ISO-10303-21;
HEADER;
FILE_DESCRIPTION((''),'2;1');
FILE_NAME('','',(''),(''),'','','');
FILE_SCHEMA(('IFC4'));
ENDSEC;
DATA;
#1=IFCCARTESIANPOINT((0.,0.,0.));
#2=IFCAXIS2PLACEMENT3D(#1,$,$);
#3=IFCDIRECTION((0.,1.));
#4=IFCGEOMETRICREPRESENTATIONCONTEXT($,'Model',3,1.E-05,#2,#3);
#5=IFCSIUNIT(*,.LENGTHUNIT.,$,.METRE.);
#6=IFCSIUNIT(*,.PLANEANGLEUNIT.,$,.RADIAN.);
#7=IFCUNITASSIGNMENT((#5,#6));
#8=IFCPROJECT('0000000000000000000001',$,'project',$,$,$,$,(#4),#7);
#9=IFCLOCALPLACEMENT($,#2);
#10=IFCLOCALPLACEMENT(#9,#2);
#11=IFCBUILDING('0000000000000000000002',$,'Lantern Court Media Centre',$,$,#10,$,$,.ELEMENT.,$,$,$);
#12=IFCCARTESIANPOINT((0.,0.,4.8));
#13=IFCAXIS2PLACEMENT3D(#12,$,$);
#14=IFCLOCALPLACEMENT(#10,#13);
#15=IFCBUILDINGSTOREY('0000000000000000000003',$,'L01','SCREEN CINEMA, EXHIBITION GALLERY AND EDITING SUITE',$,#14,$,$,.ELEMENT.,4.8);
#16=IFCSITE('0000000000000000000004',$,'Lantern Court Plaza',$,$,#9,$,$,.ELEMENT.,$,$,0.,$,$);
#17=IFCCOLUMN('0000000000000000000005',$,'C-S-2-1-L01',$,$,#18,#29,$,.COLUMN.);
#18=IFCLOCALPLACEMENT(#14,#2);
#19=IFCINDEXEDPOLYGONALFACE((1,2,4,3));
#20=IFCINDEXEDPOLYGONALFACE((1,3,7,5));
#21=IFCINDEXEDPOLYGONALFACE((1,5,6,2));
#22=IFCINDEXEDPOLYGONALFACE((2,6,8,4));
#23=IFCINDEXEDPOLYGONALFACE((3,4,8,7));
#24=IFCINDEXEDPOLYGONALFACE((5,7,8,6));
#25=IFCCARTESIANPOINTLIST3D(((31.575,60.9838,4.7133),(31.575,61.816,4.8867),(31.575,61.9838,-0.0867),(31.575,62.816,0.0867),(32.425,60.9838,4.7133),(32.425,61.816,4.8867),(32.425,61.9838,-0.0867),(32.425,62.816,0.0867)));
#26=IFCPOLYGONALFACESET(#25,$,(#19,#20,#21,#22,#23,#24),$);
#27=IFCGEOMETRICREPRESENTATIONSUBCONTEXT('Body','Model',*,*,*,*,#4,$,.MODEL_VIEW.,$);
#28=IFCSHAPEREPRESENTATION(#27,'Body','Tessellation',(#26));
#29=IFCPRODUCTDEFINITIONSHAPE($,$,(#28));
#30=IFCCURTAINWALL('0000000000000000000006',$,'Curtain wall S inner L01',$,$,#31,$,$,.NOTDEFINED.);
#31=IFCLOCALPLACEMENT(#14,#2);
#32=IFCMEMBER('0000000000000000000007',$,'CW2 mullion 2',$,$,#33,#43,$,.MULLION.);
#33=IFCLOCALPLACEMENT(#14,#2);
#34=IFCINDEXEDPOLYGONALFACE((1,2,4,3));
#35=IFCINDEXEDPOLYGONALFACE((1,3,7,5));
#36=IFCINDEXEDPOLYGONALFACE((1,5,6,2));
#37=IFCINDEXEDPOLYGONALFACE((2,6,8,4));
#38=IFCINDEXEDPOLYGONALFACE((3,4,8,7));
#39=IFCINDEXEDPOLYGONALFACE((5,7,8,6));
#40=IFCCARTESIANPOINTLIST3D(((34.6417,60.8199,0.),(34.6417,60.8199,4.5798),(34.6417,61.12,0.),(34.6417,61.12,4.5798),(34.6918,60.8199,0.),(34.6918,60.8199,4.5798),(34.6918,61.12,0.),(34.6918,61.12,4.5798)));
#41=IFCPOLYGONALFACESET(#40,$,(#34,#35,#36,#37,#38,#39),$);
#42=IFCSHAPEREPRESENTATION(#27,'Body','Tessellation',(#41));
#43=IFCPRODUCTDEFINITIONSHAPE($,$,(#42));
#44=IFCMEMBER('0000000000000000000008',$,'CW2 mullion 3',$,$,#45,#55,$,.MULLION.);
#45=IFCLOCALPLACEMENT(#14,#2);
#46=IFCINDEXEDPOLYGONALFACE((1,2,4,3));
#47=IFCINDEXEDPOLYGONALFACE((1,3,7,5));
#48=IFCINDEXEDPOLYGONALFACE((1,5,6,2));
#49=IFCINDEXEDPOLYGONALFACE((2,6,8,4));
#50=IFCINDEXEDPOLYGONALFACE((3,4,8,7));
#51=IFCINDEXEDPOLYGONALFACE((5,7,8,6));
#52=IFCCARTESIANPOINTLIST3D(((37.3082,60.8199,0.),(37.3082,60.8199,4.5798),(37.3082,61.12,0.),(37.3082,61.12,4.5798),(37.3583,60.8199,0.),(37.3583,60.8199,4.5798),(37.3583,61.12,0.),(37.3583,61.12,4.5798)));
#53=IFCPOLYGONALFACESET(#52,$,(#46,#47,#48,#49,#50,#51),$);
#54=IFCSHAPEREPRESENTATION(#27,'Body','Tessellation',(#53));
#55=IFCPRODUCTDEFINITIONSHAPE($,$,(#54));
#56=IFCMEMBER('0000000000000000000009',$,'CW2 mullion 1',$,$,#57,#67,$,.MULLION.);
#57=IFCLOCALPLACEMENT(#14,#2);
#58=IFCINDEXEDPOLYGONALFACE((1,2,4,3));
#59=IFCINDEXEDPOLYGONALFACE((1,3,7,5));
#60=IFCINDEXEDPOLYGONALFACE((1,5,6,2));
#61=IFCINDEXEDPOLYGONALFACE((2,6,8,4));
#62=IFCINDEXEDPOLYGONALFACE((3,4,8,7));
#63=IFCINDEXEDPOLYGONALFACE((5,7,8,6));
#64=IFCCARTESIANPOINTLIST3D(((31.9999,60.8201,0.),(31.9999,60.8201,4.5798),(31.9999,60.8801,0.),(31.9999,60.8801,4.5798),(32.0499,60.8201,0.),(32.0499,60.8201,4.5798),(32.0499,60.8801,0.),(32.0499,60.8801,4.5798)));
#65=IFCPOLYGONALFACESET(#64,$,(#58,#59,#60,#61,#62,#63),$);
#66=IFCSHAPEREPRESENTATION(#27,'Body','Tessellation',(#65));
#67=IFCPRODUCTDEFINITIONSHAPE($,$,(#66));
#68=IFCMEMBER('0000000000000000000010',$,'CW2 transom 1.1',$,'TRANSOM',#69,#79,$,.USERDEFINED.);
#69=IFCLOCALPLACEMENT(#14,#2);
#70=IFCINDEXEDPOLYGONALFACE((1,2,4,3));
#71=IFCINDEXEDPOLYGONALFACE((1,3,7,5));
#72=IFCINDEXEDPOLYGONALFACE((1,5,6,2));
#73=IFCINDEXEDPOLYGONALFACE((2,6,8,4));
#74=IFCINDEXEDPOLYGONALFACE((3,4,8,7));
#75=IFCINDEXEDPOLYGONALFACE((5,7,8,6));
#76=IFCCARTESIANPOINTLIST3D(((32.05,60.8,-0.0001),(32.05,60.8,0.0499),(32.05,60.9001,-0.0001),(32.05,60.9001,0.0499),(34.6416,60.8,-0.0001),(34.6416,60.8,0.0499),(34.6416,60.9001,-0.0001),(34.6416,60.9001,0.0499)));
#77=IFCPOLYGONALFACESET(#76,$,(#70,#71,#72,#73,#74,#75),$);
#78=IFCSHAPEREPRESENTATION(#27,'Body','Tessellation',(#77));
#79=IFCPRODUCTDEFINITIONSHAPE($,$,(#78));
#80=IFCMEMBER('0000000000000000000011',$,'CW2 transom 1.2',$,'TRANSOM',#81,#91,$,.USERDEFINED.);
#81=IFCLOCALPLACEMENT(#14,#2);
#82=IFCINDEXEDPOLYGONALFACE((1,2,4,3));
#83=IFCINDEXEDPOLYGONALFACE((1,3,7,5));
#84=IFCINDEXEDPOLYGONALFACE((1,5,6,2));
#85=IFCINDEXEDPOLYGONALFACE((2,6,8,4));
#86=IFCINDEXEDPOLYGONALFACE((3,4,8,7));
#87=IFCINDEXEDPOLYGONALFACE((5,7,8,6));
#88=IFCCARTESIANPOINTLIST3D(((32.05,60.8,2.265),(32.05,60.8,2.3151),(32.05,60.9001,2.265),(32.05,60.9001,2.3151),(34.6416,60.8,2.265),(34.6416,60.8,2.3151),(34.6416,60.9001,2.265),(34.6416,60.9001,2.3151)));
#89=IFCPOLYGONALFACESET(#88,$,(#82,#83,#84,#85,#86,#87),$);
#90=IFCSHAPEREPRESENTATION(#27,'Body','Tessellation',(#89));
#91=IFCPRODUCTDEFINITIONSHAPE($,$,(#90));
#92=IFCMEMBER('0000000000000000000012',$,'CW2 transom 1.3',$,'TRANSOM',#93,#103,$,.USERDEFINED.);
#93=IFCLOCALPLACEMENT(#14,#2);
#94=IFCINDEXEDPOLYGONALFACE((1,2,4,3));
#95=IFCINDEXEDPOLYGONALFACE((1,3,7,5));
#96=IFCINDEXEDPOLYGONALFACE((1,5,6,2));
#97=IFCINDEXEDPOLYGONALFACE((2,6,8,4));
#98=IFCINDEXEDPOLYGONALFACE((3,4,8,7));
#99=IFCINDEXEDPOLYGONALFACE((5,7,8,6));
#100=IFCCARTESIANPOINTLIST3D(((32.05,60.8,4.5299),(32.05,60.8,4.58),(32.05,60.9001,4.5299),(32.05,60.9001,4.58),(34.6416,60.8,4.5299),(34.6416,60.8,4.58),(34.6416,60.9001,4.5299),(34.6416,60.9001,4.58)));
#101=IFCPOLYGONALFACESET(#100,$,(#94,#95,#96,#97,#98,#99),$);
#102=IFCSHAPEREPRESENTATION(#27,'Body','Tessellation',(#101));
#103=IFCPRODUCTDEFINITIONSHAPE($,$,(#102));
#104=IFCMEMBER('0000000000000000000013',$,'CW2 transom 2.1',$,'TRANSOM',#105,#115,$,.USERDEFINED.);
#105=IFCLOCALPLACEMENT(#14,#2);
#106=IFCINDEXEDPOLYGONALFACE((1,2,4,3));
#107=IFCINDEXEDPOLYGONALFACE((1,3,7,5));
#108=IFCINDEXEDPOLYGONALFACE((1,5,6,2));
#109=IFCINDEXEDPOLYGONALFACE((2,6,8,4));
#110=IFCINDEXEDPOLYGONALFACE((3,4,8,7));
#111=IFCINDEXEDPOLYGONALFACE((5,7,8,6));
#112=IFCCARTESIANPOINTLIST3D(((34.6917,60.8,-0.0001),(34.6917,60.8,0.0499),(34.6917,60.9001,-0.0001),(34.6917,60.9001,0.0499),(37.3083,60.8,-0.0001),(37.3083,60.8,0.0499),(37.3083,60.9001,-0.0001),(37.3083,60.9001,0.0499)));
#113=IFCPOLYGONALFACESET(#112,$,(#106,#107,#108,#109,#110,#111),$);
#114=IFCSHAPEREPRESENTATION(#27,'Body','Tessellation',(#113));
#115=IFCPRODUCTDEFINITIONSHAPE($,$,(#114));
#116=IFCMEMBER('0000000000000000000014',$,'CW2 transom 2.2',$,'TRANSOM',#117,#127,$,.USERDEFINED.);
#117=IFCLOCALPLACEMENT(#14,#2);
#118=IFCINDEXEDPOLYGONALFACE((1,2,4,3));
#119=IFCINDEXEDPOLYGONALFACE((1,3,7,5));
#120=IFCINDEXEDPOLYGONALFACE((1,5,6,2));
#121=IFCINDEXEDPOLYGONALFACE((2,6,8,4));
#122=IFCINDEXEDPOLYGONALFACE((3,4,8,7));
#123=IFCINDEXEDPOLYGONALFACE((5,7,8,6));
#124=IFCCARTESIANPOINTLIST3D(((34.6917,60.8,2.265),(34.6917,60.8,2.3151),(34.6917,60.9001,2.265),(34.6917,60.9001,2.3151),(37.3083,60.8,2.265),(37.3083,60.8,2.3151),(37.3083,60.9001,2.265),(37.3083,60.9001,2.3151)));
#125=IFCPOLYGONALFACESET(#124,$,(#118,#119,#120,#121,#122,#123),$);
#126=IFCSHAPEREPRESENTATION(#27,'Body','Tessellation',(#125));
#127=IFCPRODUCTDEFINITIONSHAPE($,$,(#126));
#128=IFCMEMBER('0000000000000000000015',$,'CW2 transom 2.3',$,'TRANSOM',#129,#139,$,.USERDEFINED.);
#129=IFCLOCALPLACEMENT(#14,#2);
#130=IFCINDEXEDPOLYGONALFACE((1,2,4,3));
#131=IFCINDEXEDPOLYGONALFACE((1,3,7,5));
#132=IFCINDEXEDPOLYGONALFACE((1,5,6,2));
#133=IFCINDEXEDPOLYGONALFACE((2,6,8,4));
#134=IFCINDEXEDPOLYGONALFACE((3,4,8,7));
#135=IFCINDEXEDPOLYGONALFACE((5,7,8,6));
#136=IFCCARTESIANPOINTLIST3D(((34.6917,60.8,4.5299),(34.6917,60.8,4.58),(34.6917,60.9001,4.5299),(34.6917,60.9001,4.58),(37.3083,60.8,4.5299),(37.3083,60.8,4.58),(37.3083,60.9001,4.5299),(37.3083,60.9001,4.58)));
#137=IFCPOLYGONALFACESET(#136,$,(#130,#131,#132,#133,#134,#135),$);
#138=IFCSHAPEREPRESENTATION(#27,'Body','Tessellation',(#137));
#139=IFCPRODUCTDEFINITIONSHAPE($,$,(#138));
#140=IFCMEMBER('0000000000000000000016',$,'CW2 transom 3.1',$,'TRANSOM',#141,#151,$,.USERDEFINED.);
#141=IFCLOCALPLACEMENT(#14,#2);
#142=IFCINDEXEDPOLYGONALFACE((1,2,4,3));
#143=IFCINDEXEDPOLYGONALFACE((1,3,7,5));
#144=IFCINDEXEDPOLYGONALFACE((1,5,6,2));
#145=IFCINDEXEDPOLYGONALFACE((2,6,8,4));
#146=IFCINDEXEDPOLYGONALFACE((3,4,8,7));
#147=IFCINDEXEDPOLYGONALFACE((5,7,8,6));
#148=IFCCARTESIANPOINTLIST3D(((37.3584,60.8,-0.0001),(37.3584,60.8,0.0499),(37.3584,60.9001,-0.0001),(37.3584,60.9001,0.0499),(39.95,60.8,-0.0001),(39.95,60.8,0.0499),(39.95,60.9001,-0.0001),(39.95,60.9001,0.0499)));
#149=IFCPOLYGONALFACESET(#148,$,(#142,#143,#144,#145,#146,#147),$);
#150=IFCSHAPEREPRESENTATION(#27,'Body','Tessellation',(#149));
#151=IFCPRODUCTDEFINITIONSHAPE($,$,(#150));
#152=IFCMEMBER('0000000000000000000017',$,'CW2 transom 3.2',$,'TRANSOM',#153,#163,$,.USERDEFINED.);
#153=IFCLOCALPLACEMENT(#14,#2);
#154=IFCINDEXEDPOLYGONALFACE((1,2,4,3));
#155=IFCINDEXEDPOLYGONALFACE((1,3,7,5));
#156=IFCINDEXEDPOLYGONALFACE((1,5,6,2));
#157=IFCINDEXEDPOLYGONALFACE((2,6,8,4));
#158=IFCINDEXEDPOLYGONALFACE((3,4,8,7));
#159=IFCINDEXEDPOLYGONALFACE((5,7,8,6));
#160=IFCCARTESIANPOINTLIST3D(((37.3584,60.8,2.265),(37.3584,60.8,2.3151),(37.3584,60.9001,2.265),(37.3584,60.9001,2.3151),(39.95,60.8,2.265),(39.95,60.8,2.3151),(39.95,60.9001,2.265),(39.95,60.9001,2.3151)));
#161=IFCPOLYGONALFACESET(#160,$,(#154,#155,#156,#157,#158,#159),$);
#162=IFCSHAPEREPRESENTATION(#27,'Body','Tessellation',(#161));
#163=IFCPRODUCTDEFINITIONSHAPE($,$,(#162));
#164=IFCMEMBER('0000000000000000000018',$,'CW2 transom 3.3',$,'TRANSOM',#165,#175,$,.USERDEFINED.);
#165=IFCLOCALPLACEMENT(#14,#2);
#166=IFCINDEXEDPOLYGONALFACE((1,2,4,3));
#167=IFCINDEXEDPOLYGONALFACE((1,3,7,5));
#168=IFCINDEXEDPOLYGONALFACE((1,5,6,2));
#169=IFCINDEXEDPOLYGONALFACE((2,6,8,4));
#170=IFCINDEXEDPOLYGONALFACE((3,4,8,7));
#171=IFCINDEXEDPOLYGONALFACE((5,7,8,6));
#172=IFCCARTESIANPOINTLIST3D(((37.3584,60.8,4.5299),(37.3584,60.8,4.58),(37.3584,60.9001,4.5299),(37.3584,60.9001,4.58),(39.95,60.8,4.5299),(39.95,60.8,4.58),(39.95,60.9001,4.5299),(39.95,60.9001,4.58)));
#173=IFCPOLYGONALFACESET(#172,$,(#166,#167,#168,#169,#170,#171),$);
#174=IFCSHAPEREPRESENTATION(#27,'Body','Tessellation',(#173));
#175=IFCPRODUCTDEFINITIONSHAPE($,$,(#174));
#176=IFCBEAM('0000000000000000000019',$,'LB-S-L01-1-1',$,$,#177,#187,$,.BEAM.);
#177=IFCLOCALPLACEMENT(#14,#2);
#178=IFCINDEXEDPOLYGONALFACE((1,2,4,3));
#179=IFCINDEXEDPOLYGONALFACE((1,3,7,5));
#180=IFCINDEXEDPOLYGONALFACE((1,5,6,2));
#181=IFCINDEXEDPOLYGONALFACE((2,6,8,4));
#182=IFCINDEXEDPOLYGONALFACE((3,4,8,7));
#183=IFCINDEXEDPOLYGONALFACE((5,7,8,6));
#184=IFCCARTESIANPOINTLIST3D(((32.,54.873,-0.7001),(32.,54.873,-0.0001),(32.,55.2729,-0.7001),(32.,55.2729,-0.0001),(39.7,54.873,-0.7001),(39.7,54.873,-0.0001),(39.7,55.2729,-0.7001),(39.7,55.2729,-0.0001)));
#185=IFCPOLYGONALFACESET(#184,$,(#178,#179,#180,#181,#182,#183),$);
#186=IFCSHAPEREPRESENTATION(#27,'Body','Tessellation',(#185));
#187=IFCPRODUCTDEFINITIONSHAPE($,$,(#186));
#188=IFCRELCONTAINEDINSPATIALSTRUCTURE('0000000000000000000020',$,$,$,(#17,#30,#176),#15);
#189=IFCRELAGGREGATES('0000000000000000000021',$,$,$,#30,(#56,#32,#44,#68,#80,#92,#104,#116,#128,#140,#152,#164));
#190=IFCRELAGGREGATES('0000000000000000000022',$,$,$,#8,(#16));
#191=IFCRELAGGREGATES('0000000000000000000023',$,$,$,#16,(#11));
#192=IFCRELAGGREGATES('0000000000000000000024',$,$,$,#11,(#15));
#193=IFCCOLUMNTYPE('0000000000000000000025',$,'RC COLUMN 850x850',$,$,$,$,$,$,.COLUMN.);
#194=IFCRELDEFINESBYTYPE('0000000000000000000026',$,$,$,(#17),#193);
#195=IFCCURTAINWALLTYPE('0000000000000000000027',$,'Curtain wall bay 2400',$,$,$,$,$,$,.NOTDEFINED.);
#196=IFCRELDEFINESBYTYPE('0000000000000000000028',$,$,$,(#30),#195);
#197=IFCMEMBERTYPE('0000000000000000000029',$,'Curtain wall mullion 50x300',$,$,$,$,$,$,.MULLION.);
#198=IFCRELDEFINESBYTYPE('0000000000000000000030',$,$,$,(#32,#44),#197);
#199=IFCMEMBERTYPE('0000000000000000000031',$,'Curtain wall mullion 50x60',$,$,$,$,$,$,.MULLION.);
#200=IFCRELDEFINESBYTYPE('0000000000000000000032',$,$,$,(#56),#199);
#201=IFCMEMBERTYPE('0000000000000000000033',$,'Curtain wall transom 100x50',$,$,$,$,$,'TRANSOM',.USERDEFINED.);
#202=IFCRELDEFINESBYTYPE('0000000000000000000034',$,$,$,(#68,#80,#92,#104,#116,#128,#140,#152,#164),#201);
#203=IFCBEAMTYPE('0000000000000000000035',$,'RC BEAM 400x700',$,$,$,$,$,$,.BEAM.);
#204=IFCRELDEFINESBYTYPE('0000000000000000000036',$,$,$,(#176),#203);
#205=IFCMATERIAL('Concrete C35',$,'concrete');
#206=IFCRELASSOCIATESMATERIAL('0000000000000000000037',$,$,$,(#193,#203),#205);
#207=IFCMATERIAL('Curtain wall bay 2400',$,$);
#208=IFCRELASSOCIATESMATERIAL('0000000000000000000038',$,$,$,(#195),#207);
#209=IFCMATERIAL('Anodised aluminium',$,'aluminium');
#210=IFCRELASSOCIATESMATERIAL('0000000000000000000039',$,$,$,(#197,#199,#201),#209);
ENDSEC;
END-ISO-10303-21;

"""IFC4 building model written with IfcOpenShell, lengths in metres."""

from ifc_helpers import new_model, si_unit, direction, frame, origin, origin_2d, place, context, subcontext, project, spatial, rectangle, extrude, material, material_profile, profile_set, type_object, element, aggregate, save


model = new_model("IFC4")

# Units and contexts
model_context = context("Model", 3, precision=1e-05, world=origin(), true_north=direction((0.0, 1.0)))
body_context = subcontext(model_context, "Body", "Model", "MODEL_VIEW")
ifc_project = project(units=[si_unit("LENGTHUNIT", "METRE"), si_unit("PLANEANGLEUNIT", "RADIAN")], contexts=[model_context])

# Site, building, storey
site_placement = place(None, origin())
site = spatial("IfcSite", under=ifc_project, at=site_placement, Name="Lantern Court Plaza", CompositionType="ELEMENT", RefElevation=0.0)
building_placement = place(site_placement, origin())
building = spatial("IfcBuilding", under=site, at=building_placement, Name="Lantern Court Media Centre", CompositionType="ELEMENT")
storey_placement = place(building_placement, frame((0.0, 0.0, 4.8)))
storey = spatial("IfcBuildingStorey", under=building, at=storey_placement, Name="L01", Description="SCREEN CINEMA, EXHIBITION GALLERY AND EDITING SUITE", CompositionType="ELEMENT", Elevation=4.8)

# Column
ifc_material_1 = material(Name="Concrete C35", Category="concrete")
ifc_material_profile_1 = material_profile(ifc_material_1, rectangle(XDim=0.8501, YDim=0.8501, at=origin_2d()), Name="RC 850x850")
ifc_profile_set_1 = profile_set([ifc_material_profile_1], Name="Concrete C35")
column_type = type_object("IfcColumnType", Name="RC COLUMN 850x850", PredefinedType="COLUMN", material=ifc_profile_set_1)
column_placement = place(storey_placement, frame((32.0, 62.3999, 0.0), z_axis=(0.0, -0.203952, 0.978981), x_axis=(1.0, 0.0, 0.0)))
element("IfcColumn", 1, at=column_placement, inside=storey, type_object=column_type, Name="C-S-2-1-L01", PredefinedType="COLUMN", context=body_context, shape_type="SweptSolid", body=[
    extrude(rectangle(XDim=0.8501, YDim=0.8501, at=origin_2d()), origin(), (0.0, 0.0, 1.0), 4.9031),
])

# Curtain wall, members
ifc_material_2 = material(Name="Curtain wall bay 2400")
curtain_wall_type = type_object("IfcCurtainWallType", Name="Curtain wall bay 2400", PredefinedType="NOTDEFINED", material=ifc_material_2)
curtain_wall_placement = place(storey_placement, origin())
curtain_wall = element("IfcCurtainWall", 2, at=curtain_wall_placement, inside=storey, type_object=curtain_wall_type, Name="Curtain wall S inner L01", PredefinedType="NOTDEFINED")
ifc_material_3 = material(Name="Anodised aluminium", Category="aluminium")
ifc_material_profile_2 = material_profile(ifc_material_3, rectangle(XDim=0.3, YDim=0.05, at=origin_2d()), Name="AL 50x300")
ifc_profile_set_2 = profile_set([ifc_material_profile_2], Name="Anodised aluminium")
member_type_1 = type_object("IfcMemberType", Name="Curtain wall mullion 50x300", PredefinedType="MULLION", material=ifc_profile_set_2)
member_1_placement = place(storey_placement, frame((34.6667, 60.97, 0.0), z_axis=(0.0, 0.0, 1.0), x_axis=(0.0, 1.0, 0.0)))
member_1 = element("IfcMember", 3, at=member_1_placement, type_object=member_type_1, Name="CW2 mullion 2", PredefinedType="MULLION", context=body_context, shape_type="SweptSolid", body=[
    extrude(rectangle(XDim=0.3, YDim=0.05, at=origin_2d()), origin(), (0.0, 0.0, 1.0), 4.5798),
])
member_2_placement = place(storey_placement, frame((37.3333, 60.97, 0.0), z_axis=(0.0, 0.0, 1.0), x_axis=(0.0, 1.0, 0.0)))
member_2 = element("IfcMember", 4, at=member_2_placement, type_object=member_type_1, Name="CW2 mullion 3", PredefinedType="MULLION", context=body_context, shape_type="SweptSolid", body=[
    extrude(rectangle(XDim=0.3, YDim=0.05, at=origin_2d()), origin(), (0.0, 0.0, 1.0), 4.5798),
])
ifc_material_profile_3 = material_profile(ifc_material_3, rectangle(XDim=0.0601, YDim=0.05, at=origin_2d()), Name="AL 50x60")
ifc_profile_set_3 = profile_set([ifc_material_profile_3], Name="Anodised aluminium")
member_type_2 = type_object("IfcMemberType", Name="Curtain wall mullion 50x60", PredefinedType="MULLION", material=ifc_profile_set_3)
member_3_placement = place(storey_placement, frame((32.0249, 60.8501, 0.0), z_axis=(0.0, 0.0, 1.0), x_axis=(0.0, 1.0, 0.0)))
member_3 = element("IfcMember", 5, at=member_3_placement, type_object=member_type_2, Name="CW2 mullion 1", PredefinedType="MULLION", context=body_context, shape_type="SweptSolid", body=[
    extrude(rectangle(XDim=0.0601, YDim=0.05, at=origin_2d()), origin(), (0.0, 0.0, 1.0), 4.5798),
])
ifc_material_profile_4 = material_profile(ifc_material_3, rectangle(XDim=0.1001, YDim=0.05, at=origin_2d()), Name="AL 50x100")
ifc_profile_set_4 = profile_set([ifc_material_profile_4], Name="Anodised aluminium")
member_type_3 = type_object("IfcMemberType", Name="Curtain wall transom 100x50", ElementType="TRANSOM", PredefinedType="USERDEFINED", material=ifc_profile_set_4)
member_4_placement = place(storey_placement, frame((32.05, 60.8501, 0.0249), z_axis=(1.0, 0.0, 0.0), x_axis=(0.0, 1.0, 0.0)))
member_4 = element("IfcMember", 6, at=member_4_placement, type_object=member_type_3, Name="CW2 transom 1.1", ObjectType="TRANSOM", PredefinedType="USERDEFINED", context=body_context, shape_type="SweptSolid", body=[
    extrude(rectangle(XDim=0.1001, YDim=0.05, at=origin_2d()), origin(), (0.0, 0.0, 1.0), 2.5916),
])
member_5_placement = place(storey_placement, frame((32.05, 60.8501, 2.29), z_axis=(1.0, 0.0, 0.0), x_axis=(0.0, 1.0, 0.0)))
member_5 = element("IfcMember", 7, at=member_5_placement, type_object=member_type_3, Name="CW2 transom 1.2", ObjectType="TRANSOM", PredefinedType="USERDEFINED", context=body_context, shape_type="SweptSolid", body=[
    extrude(rectangle(XDim=0.1001, YDim=0.05, at=origin_2d()), origin(), (0.0, 0.0, 1.0), 2.5916),
])
member_6_placement = place(storey_placement, frame((32.05, 60.8501, 4.5549), z_axis=(1.0, 0.0, 0.0), x_axis=(0.0, 1.0, 0.0)))
member_6 = element("IfcMember", 8, at=member_6_placement, type_object=member_type_3, Name="CW2 transom 1.3", ObjectType="TRANSOM", PredefinedType="USERDEFINED", context=body_context, shape_type="SweptSolid", body=[
    extrude(rectangle(XDim=0.1001, YDim=0.05, at=origin_2d()), origin(), (0.0, 0.0, 1.0), 2.5916),
])
member_7_placement = place(storey_placement, frame((34.6917, 60.8501, 0.0249), z_axis=(1.0, 0.0, 0.0), x_axis=(0.0, 1.0, 0.0)))
member_7 = element("IfcMember", 9, at=member_7_placement, type_object=member_type_3, Name="CW2 transom 2.1", ObjectType="TRANSOM", PredefinedType="USERDEFINED", context=body_context, shape_type="SweptSolid", body=[
    extrude(rectangle(XDim=0.1001, YDim=0.05, at=origin_2d()), origin(), (0.0, 0.0, 1.0), 2.6167),
])
member_8_placement = place(storey_placement, frame((34.6917, 60.8501, 2.29), z_axis=(1.0, 0.0, 0.0), x_axis=(0.0, 1.0, 0.0)))
member_8 = element("IfcMember", 10, at=member_8_placement, type_object=member_type_3, Name="CW2 transom 2.2", ObjectType="TRANSOM", PredefinedType="USERDEFINED", context=body_context, shape_type="SweptSolid", body=[
    extrude(rectangle(XDim=0.1001, YDim=0.05, at=origin_2d()), origin(), (0.0, 0.0, 1.0), 2.6167),
])
member_9_placement = place(storey_placement, frame((34.6917, 60.8501, 4.5549), z_axis=(1.0, 0.0, 0.0), x_axis=(0.0, 1.0, 0.0)))
member_9 = element("IfcMember", 11, at=member_9_placement, type_object=member_type_3, Name="CW2 transom 2.3", ObjectType="TRANSOM", PredefinedType="USERDEFINED", context=body_context, shape_type="SweptSolid", body=[
    extrude(rectangle(XDim=0.1001, YDim=0.05, at=origin_2d()), origin(), (0.0, 0.0, 1.0), 2.6167),
])
member_10_placement = place(storey_placement, frame((37.3584, 60.8501, 0.0249), z_axis=(1.0, 0.0, 0.0), x_axis=(0.0, 1.0, 0.0)))
member_10 = element("IfcMember", 12, at=member_10_placement, type_object=member_type_3, Name="CW2 transom 3.1", ObjectType="TRANSOM", PredefinedType="USERDEFINED", context=body_context, shape_type="SweptSolid", body=[
    extrude(rectangle(XDim=0.1001, YDim=0.05, at=origin_2d()), origin(), (0.0, 0.0, 1.0), 2.5916),
])
member_11_placement = place(storey_placement, frame((37.3584, 60.8501, 2.29), z_axis=(1.0, 0.0, 0.0), x_axis=(0.0, 1.0, 0.0)))
member_11 = element("IfcMember", 13, at=member_11_placement, type_object=member_type_3, Name="CW2 transom 3.2", ObjectType="TRANSOM", PredefinedType="USERDEFINED", context=body_context, shape_type="SweptSolid", body=[
    extrude(rectangle(XDim=0.1001, YDim=0.05, at=origin_2d()), origin(), (0.0, 0.0, 1.0), 2.5916),
])
member_12_placement = place(storey_placement, frame((37.3584, 60.8501, 4.5549), z_axis=(1.0, 0.0, 0.0), x_axis=(0.0, 1.0, 0.0)))
member_12 = element("IfcMember", 14, at=member_12_placement, type_object=member_type_3, Name="CW2 transom 3.3", ObjectType="TRANSOM", PredefinedType="USERDEFINED", context=body_context, shape_type="SweptSolid", body=[
    extrude(rectangle(XDim=0.1001, YDim=0.05, at=origin_2d()), origin(), (0.0, 0.0, 1.0), 2.5916),
])

# Beam
ifc_material_profile_5 = material_profile(ifc_material_1, rectangle(XDim=0.3999, YDim=0.7, at=origin_2d()), Name="RC 400x700")
ifc_profile_set_5 = profile_set([ifc_material_profile_5], Name="Concrete C35")
beam_type_1 = type_object("IfcBeamType", Name="RC BEAM 400x700", PredefinedType="BEAM", material=ifc_profile_set_5)
beam_1_placement = place(storey_placement, frame((32.0, 55.073, -0.3501), z_axis=(1.0, 0.0, 0.0), x_axis=(0.0, 1.0, 0.0)))
element("IfcBeam", 15, at=beam_1_placement, inside=storey, type_object=beam_type_1, Name="LB-S-L01-1-1", PredefinedType="BEAM", context=body_context, shape_type="SweptSolid", body=[
    extrude(rectangle(XDim=0.3999, YDim=0.7, at=origin_2d()), origin(), (0.0, 0.0, 1.0), 7.7),
])

aggregate(curtain_wall, [member_3, member_1, member_2, member_4, member_5, member_6, member_7, member_8, member_9, member_10, member_11, member_12])

save(model, "model.ifc")
